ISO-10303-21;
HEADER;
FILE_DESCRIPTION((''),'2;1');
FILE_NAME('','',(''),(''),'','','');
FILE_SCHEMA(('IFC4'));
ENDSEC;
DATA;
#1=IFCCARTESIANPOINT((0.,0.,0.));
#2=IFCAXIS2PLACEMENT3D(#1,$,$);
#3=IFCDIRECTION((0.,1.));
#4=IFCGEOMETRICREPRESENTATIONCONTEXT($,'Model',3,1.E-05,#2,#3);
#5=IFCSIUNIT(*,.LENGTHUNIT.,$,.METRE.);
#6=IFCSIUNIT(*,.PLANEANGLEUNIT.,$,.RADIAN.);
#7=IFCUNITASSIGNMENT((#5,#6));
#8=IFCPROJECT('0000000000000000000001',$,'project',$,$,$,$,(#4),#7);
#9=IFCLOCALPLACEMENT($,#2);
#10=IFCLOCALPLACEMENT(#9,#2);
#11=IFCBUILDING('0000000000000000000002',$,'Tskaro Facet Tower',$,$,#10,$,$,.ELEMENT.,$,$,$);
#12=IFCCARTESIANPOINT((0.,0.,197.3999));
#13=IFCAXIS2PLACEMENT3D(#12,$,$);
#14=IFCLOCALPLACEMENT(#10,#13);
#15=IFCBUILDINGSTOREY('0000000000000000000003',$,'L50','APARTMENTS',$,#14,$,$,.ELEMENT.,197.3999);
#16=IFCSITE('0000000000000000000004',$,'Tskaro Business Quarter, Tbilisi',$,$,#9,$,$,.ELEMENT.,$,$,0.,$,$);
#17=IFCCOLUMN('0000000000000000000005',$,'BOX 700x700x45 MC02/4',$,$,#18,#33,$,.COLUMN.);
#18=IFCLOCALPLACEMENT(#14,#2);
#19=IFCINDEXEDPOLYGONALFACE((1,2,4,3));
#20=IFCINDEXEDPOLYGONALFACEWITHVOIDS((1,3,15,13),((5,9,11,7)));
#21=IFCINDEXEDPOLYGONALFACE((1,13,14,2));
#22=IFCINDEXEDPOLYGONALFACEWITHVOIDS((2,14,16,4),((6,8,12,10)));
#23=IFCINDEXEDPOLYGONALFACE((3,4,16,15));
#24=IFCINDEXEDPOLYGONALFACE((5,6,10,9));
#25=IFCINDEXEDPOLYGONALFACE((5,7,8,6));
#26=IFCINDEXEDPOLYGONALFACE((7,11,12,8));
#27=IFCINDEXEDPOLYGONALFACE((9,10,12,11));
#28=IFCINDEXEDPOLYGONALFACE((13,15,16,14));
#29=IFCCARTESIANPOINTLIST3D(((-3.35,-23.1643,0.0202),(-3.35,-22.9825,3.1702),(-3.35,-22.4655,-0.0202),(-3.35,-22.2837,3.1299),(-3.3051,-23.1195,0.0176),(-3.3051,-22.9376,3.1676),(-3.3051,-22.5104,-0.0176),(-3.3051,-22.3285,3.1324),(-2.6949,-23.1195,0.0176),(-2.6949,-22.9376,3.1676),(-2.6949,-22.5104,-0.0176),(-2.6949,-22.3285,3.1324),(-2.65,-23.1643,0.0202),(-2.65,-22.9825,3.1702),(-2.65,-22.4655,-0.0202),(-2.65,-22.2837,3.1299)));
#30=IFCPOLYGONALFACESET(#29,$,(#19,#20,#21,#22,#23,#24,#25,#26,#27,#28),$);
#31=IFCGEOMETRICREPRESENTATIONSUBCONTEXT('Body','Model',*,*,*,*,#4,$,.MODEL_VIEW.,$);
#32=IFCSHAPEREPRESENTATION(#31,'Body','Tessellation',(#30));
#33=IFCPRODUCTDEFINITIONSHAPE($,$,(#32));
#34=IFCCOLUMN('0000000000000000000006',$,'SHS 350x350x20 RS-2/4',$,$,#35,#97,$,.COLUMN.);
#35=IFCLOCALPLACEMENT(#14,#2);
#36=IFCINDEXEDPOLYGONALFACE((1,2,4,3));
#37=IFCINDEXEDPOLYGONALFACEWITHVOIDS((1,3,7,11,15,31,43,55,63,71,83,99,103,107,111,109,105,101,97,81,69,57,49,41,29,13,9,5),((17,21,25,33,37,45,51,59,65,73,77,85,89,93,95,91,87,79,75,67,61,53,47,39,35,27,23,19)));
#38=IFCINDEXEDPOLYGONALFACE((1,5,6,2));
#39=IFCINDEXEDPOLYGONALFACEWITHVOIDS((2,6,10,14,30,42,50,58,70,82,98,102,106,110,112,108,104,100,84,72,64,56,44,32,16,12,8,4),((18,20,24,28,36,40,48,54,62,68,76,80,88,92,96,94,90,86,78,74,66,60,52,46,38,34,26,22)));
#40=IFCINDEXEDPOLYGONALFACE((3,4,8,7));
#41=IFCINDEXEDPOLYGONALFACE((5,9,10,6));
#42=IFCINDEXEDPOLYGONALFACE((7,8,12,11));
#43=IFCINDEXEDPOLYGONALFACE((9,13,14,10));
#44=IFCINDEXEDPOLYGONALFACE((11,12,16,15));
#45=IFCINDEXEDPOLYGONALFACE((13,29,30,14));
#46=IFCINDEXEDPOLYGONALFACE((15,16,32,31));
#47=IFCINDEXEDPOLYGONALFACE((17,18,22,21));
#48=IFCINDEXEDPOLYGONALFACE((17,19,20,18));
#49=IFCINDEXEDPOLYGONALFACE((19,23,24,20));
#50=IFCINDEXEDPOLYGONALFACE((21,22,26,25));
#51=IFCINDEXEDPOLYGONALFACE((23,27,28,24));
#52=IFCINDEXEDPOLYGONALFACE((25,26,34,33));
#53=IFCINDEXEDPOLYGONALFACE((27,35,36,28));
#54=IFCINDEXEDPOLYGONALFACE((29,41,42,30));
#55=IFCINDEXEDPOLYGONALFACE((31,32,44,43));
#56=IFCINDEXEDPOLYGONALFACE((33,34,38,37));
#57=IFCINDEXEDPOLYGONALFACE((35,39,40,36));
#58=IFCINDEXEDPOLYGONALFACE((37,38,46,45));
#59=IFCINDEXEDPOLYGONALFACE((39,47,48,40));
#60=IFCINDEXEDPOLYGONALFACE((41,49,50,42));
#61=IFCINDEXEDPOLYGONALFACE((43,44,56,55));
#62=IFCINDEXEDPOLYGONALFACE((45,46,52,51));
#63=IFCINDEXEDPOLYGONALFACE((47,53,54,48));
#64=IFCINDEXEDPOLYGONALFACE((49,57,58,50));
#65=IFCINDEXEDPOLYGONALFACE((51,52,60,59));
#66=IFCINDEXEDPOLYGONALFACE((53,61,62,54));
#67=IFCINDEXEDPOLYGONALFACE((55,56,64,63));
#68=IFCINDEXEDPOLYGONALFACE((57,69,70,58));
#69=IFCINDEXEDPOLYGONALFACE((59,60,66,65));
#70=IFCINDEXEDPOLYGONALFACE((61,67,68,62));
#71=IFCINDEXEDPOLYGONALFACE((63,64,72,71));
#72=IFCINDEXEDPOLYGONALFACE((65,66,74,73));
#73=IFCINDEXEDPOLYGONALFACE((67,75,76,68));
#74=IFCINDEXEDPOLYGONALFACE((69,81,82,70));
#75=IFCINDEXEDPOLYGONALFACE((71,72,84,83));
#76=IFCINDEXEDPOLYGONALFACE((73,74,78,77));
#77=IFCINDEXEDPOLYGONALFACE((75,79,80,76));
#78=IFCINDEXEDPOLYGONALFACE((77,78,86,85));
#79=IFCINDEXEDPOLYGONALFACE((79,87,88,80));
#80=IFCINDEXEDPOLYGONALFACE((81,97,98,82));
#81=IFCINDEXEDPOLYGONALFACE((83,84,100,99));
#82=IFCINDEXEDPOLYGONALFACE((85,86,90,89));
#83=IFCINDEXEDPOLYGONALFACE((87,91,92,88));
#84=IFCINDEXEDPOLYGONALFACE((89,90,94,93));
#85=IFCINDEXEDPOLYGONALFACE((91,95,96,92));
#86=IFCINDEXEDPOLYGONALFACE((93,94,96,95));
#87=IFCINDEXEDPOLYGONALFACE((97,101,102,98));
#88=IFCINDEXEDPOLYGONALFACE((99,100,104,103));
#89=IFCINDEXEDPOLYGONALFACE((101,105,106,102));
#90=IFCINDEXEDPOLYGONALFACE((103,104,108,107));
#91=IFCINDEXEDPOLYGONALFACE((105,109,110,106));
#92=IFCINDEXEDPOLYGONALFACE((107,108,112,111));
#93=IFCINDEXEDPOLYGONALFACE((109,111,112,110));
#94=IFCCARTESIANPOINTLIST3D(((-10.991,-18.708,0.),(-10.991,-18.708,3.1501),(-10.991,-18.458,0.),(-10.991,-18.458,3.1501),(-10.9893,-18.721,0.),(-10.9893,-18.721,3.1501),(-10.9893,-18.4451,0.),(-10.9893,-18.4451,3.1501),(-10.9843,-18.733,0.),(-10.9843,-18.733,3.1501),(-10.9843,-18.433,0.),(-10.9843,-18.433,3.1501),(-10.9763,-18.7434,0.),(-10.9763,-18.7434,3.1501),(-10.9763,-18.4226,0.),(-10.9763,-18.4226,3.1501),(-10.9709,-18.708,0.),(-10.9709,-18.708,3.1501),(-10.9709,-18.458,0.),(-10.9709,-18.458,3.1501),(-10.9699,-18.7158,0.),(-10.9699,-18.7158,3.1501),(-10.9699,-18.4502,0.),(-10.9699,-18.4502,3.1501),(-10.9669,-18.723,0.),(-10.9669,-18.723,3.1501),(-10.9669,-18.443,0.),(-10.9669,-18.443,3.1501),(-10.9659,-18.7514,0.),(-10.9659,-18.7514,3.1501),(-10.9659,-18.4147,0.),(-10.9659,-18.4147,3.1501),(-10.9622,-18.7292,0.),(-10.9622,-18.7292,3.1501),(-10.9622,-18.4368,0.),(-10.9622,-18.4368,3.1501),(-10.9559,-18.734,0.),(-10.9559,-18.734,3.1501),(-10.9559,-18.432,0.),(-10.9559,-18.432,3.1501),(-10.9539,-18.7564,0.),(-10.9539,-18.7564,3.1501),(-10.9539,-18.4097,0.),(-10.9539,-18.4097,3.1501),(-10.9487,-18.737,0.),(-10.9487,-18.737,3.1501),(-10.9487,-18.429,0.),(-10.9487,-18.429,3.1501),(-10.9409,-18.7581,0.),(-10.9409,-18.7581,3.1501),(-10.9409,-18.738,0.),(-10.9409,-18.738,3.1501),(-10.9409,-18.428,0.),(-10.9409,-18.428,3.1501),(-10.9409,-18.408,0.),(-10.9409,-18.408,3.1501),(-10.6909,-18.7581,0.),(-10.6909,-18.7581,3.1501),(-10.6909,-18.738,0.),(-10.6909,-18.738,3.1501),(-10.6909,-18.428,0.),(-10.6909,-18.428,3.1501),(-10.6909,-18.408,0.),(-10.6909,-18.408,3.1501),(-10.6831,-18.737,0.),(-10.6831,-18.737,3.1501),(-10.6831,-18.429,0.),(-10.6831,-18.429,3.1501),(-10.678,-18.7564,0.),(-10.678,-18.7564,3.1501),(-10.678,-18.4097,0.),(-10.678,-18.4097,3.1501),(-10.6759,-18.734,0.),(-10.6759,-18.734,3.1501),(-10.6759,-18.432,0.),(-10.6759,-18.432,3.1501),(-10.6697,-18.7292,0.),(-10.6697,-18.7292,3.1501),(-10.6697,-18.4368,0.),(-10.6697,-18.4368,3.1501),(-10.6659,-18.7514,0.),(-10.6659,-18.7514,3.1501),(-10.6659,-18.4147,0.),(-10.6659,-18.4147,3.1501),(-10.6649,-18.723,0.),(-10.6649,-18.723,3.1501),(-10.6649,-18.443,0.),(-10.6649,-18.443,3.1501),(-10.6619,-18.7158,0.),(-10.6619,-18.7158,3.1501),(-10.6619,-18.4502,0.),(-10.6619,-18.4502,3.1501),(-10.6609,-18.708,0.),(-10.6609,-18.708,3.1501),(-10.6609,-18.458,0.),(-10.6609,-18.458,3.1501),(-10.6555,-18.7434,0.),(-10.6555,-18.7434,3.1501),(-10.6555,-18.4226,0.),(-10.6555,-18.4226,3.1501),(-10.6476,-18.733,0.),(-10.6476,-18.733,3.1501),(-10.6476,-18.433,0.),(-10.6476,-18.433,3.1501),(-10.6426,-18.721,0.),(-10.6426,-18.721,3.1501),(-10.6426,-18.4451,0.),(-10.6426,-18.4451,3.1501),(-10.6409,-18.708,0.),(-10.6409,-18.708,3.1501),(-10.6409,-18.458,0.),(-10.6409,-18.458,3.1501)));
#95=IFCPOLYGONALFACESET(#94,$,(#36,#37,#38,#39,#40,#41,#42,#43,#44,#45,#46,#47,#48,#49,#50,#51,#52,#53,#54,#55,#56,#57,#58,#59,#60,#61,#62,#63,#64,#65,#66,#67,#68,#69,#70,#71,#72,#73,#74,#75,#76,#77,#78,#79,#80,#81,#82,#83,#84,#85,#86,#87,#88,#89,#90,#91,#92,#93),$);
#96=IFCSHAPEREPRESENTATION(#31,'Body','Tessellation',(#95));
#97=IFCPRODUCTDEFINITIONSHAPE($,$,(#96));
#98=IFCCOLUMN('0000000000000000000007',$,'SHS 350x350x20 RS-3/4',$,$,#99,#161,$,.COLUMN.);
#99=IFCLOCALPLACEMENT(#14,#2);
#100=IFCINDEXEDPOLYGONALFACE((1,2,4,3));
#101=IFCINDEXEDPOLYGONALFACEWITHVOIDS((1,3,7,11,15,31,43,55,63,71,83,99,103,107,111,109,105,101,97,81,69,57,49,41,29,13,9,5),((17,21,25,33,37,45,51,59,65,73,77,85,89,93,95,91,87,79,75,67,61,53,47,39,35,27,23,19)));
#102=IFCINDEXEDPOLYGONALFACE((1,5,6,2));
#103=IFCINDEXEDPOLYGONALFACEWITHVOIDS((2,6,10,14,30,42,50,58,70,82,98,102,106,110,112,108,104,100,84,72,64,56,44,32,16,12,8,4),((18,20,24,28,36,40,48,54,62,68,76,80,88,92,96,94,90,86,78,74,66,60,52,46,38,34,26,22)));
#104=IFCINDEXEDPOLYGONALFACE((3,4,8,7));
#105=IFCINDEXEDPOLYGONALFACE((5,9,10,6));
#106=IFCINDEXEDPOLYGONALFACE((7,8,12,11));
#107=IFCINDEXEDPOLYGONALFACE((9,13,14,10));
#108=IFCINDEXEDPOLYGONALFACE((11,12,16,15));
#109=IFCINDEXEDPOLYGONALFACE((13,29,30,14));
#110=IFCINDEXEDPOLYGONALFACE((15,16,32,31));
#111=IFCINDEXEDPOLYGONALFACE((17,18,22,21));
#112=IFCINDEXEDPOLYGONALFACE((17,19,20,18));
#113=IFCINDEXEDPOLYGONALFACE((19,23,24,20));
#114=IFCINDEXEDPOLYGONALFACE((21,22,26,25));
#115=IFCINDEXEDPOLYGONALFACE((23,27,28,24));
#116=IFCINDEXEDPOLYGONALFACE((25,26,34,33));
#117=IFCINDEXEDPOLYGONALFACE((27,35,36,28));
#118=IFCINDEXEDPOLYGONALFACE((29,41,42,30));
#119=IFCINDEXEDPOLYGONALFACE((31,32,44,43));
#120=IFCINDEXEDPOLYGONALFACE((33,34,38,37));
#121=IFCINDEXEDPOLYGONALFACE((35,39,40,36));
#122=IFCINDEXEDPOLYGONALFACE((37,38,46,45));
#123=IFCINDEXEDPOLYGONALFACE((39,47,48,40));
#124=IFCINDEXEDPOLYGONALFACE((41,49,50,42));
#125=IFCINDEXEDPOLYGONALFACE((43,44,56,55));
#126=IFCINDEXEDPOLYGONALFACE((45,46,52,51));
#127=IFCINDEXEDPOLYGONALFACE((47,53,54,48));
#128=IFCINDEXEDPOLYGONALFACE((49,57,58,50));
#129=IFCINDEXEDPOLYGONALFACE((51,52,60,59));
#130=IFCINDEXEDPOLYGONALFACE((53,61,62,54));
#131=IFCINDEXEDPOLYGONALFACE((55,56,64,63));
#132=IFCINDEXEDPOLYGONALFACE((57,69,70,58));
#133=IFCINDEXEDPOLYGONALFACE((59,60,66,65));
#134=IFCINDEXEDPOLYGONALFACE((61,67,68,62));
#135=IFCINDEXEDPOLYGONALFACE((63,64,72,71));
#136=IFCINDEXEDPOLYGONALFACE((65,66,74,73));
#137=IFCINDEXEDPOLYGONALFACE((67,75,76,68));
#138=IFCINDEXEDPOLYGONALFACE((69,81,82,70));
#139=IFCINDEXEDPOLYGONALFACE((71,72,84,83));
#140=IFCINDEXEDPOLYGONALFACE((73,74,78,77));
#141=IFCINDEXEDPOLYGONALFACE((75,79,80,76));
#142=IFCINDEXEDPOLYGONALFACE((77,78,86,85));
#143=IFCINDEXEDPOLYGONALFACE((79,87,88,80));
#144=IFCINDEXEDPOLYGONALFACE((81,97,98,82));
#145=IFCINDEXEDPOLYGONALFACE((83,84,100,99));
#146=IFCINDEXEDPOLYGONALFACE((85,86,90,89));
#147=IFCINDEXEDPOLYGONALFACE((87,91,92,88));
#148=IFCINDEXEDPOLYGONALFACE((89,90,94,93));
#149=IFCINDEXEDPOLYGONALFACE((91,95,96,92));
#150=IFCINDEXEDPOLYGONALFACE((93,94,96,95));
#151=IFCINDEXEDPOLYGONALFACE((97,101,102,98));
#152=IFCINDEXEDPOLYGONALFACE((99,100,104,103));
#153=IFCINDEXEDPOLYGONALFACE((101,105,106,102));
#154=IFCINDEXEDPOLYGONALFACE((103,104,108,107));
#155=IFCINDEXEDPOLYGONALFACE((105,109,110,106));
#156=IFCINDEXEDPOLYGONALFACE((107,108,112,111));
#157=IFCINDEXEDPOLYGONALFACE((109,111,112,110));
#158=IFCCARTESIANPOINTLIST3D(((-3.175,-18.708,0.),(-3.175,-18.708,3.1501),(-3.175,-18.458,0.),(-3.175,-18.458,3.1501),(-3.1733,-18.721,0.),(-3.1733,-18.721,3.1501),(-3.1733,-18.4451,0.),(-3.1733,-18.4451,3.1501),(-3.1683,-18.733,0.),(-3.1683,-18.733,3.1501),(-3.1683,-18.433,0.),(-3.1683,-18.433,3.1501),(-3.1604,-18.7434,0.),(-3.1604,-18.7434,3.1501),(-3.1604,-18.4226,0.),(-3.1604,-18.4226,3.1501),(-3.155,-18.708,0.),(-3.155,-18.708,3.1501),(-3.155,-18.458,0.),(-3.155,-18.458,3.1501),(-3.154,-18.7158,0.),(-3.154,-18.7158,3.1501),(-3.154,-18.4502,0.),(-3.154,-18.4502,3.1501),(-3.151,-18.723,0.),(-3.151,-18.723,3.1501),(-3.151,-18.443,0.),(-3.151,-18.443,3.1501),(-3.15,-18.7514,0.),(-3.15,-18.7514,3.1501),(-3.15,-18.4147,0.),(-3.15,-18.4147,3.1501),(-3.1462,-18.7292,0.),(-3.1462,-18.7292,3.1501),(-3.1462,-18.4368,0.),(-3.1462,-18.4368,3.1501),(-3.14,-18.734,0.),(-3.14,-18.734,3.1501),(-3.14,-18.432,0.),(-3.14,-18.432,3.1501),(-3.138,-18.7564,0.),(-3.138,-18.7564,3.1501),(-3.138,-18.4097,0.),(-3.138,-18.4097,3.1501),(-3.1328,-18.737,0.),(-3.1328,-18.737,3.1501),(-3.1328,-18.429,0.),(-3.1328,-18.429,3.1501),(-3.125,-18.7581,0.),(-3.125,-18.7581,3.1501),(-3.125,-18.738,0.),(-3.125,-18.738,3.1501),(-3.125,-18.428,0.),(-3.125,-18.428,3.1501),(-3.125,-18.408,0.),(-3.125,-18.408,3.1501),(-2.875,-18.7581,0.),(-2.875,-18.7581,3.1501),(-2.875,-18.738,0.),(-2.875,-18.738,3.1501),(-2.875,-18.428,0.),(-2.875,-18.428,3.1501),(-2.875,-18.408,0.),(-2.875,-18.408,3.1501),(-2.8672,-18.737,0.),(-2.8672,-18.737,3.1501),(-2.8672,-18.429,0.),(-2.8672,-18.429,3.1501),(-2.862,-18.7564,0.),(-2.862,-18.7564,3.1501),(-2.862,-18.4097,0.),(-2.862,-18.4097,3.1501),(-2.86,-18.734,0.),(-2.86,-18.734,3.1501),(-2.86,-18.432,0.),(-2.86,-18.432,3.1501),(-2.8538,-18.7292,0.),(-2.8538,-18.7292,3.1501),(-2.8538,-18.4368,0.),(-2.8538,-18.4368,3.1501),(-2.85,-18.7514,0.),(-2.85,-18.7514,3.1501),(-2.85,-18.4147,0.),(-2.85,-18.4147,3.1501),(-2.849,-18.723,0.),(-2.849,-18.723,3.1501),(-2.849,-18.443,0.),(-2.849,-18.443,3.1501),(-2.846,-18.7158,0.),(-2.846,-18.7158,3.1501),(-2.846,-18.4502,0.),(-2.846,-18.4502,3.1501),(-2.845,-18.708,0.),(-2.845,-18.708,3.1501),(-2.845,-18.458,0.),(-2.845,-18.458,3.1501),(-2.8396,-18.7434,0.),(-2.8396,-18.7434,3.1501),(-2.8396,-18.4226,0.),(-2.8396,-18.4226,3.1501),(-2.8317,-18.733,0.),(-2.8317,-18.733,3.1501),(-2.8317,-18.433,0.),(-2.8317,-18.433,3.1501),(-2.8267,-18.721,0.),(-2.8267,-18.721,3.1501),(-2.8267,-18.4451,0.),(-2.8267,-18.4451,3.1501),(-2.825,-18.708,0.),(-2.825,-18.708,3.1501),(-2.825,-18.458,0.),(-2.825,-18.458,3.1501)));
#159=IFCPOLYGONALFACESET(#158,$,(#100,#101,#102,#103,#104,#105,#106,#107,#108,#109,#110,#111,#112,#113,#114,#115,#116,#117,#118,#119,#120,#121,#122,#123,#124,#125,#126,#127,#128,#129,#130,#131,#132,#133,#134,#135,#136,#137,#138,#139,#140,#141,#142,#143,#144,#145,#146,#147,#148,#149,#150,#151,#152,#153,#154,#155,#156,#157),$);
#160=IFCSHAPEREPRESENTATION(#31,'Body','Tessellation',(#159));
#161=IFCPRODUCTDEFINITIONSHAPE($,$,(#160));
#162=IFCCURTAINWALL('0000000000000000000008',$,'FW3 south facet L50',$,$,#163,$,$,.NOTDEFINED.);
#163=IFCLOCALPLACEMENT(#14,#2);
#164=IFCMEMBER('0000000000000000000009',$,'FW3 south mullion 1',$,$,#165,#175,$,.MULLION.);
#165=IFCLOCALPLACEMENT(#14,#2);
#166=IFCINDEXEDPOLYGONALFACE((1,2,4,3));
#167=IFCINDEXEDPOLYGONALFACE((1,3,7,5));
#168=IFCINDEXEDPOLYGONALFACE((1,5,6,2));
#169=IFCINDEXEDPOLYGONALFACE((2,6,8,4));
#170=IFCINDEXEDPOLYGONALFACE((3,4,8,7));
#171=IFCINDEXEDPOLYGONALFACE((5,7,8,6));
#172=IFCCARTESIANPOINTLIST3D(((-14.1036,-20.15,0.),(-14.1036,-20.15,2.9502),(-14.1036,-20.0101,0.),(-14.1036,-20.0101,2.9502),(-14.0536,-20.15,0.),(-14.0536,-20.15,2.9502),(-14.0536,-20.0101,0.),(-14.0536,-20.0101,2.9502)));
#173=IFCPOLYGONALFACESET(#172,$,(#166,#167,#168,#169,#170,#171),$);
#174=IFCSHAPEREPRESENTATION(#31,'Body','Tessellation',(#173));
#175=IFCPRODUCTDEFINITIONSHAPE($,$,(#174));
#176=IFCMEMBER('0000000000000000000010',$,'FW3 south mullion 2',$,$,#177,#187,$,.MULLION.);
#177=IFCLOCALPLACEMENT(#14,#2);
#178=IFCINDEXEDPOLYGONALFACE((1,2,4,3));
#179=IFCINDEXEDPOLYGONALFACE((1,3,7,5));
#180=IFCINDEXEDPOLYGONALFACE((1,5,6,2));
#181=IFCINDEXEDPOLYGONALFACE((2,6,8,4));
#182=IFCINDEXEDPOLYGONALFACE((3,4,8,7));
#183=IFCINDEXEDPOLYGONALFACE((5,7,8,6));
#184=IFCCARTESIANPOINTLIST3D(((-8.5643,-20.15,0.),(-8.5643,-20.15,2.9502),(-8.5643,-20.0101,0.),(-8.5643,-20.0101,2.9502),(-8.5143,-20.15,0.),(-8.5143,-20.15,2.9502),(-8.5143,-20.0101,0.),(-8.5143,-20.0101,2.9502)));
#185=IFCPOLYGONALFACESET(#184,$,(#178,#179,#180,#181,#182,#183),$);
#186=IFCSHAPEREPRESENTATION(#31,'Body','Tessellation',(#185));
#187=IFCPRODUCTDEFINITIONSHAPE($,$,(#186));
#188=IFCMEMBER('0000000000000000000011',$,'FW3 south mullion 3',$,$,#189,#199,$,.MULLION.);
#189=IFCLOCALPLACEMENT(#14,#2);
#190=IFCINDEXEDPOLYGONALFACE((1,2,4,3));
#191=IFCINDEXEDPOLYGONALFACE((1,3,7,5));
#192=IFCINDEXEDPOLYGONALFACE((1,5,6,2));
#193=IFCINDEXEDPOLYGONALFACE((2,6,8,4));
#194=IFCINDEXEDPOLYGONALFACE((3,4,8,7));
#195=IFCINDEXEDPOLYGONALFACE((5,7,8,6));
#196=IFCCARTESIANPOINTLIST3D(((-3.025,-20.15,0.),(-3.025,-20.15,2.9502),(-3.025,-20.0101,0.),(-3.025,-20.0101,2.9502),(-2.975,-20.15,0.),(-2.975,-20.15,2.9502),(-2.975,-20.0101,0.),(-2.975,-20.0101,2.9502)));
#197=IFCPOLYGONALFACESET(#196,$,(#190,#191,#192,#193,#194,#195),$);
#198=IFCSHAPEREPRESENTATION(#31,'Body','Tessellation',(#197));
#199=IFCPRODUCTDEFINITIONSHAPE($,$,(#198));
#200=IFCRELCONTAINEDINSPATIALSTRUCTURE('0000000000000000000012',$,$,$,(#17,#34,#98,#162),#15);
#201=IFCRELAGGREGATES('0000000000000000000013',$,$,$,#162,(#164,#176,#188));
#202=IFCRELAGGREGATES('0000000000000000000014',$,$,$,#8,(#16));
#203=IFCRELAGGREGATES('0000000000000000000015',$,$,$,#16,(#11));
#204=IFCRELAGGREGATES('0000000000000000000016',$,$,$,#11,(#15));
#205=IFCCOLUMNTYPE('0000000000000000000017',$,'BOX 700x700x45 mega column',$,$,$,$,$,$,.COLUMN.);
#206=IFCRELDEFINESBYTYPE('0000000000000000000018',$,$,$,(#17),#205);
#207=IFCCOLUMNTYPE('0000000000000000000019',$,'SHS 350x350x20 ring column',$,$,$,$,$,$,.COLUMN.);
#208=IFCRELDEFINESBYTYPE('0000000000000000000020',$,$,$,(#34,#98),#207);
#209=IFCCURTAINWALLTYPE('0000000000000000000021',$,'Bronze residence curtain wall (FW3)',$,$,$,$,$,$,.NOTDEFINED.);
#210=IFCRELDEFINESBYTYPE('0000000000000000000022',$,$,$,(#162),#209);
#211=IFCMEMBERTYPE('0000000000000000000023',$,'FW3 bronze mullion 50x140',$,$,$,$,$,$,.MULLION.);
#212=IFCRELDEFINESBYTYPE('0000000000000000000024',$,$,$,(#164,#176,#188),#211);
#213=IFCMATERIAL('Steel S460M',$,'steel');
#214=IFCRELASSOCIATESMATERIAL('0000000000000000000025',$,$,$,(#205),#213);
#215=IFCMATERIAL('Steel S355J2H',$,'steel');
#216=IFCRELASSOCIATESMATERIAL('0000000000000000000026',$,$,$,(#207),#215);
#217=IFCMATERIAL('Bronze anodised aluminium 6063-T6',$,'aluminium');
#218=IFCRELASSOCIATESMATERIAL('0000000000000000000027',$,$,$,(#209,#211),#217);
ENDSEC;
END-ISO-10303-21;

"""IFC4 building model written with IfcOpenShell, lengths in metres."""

from ifc_helpers import new_model, si_unit, direction, frame, origin, origin_2d, place, context, subcontext, project, spatial, rectangle, hollow_rectangle, extrude, material, material_profile, profile_set, type_object, element, aggregate, save


model = new_model("IFC4")

# Units and contexts
model_context = context("Model", 3, precision=1e-05, world=origin(), true_north=direction((0.0, 1.0)))
body_context = subcontext(model_context, "Body", "Model", "MODEL_VIEW")
ifc_project = project(units=[si_unit("LENGTHUNIT", "METRE"), si_unit("PLANEANGLEUNIT", "RADIAN")], contexts=[model_context])

# Site, building, storey
site_placement = place(None, origin())
site = spatial("IfcSite", under=ifc_project, at=site_placement, Name="Tskaro Business Quarter, Tbilisi", CompositionType="ELEMENT", RefElevation=0.0)
building_placement = place(site_placement, origin())
building = spatial("IfcBuilding", under=site, at=building_placement, Name="Tskaro Facet Tower", CompositionType="ELEMENT")
storey_placement = place(building_placement, frame((0.0, 0.0, 197.3999)))
storey = spatial("IfcBuildingStorey", under=building, at=storey_placement, Name="L50", Description="APARTMENTS", CompositionType="ELEMENT", Elevation=197.3999)

# Columns
ifc_material_1 = material(Name="Steel S460M", Category="steel")
ifc_material_profile_1 = material_profile(ifc_material_1, hollow_rectangle(XDim=0.7, YDim=0.7, WallThickness=0.0449, at=origin_2d()), Name="BOX 700x700x45")
ifc_profile_set_1 = profile_set([ifc_material_profile_1], Name="Steel S460M")
column_type_1 = type_object("IfcColumnType", Name="BOX 700x700x45 mega column", PredefinedType="COLUMN", material=ifc_profile_set_1)
column_placement = place(storey_placement, frame((-3.0, -22.8149, 0.0), z_axis=(0.0, 0.057643, 0.998337), x_axis=(-1.0, 0.0, 0.0)))
element("IfcColumn", 1, at=column_placement, inside=storey, type_object=column_type_1, Name="BOX 700x700x45 MC02/4", PredefinedType="COLUMN", context=body_context, shape_type="SweptSolid", body=[
    extrude(hollow_rectangle(XDim=0.7, YDim=0.7, WallThickness=0.0449, at=origin_2d()), origin(), (0.0, 0.0, 1.0), 3.1553),
])
ifc_material_2 = material(Name="Steel S355J2H", Category="steel")
ifc_material_profile_2 = material_profile(ifc_material_2, hollow_rectangle(XDim=0.3501, YDim=0.3501, WallThickness=0.02, InnerFilletRadius=0.03, OuterFilletRadius=0.05, at=origin_2d()), Name="SHS 350x350x20")
ifc_profile_set_2 = profile_set([ifc_material_profile_2], Name="Steel S355J2H")
column_type_2 = type_object("IfcColumnType", Name="SHS 350x350x20 ring column", PredefinedType="COLUMN", material=ifc_profile_set_2)
for number, where, z_axis, x_axis, name in (
    (2, (-10.8159, -18.583, 0.0), (0.0, 0.0, 1.0), (1.0, 0.0, 0.0), "SHS 350x350x20 RS-2/4"),
    (3, (-3.0, -18.583, 0.0), (0.0, 0.0, 1.0), (1.0, 0.0, 0.0), "SHS 350x350x20 RS-3/4"),
):
    element("IfcColumn", number, at=place(storey_placement, frame(where, z_axis=z_axis, x_axis=x_axis)), inside=storey, type_object=column_type_2, Name=name, PredefinedType="COLUMN", context=body_context, shape_type="SweptSolid", body=[
        extrude(hollow_rectangle(XDim=0.3501, YDim=0.3501, WallThickness=0.02, InnerFilletRadius=0.03, OuterFilletRadius=0.05, at=origin_2d()), origin(), (0.0, 0.0, 1.0), 3.1501),
    ])

# Curtain wall, members
ifc_material_3 = material(Name="Bronze anodised aluminium 6063-T6", Category="aluminium")
curtain_wall_type = type_object("IfcCurtainWallType", Name="Bronze residence curtain wall (FW3)", PredefinedType="NOTDEFINED", material=ifc_material_3)
curtain_wall_placement = place(storey_placement, origin())
curtain_wall = element("IfcCurtainWall", 4, at=curtain_wall_placement, inside=storey, type_object=curtain_wall_type, Name="FW3 south facet L50", PredefinedType="NOTDEFINED")
ifc_material_profile_3 = material_profile(ifc_material_3, rectangle(XDim=0.05, YDim=0.1399, at=origin_2d()), Name="Mullion 50x140")
ifc_profile_set_3 = profile_set([ifc_material_profile_3], Name="Bronze anodised aluminium 6063-T6")
member_type_1 = type_object("IfcMemberType", Name="FW3 bronze mullion 50x140", PredefinedType="MULLION", material=ifc_profile_set_3)
member_1_placement = place(storey_placement, frame((-14.0786, -20.0801, 0.0), z_axis=(0.0, 0.0, 1.0), x_axis=(1.0, 0.0, 0.0)))
member_1 = element("IfcMember", 5, at=member_1_placement, type_object=member_type_1, Name="FW3 south mullion 1", PredefinedType="MULLION", context=body_context, shape_type="SweptSolid", body=[
    extrude(rectangle(XDim=0.05, YDim=0.1399, at=origin_2d()), origin(), (0.0, 0.0, 1.0), 2.9502),
])
member_2_placement = place(storey_placement, frame((-8.5393, -20.0801, 0.0), z_axis=(0.0, 0.0, 1.0), x_axis=(1.0, 0.0, 0.0)))
member_2 = element("IfcMember", 6, at=member_2_placement, type_object=member_type_1, Name="FW3 south mullion 2", PredefinedType="MULLION", context=body_context, shape_type="SweptSolid", body=[
    extrude(rectangle(XDim=0.05, YDim=0.1399, at=origin_2d()), origin(), (0.0, 0.0, 1.0), 2.9502),
])
member_3_placement = place(storey_placement, frame((-3.0, -20.0801, 0.0), z_axis=(0.0, 0.0, 1.0), x_axis=(1.0, 0.0, 0.0)))
member_3 = element("IfcMember", 7, at=member_3_placement, type_object=member_type_1, Name="FW3 south mullion 3", PredefinedType="MULLION", context=body_context, shape_type="SweptSolid", body=[
    extrude(rectangle(XDim=0.05, YDim=0.1399, at=origin_2d()), origin(), (0.0, 0.0, 1.0), 2.9502),
])

aggregate(curtain_wall, [member_1, member_2, member_3])

save(model, "model.ifc")
